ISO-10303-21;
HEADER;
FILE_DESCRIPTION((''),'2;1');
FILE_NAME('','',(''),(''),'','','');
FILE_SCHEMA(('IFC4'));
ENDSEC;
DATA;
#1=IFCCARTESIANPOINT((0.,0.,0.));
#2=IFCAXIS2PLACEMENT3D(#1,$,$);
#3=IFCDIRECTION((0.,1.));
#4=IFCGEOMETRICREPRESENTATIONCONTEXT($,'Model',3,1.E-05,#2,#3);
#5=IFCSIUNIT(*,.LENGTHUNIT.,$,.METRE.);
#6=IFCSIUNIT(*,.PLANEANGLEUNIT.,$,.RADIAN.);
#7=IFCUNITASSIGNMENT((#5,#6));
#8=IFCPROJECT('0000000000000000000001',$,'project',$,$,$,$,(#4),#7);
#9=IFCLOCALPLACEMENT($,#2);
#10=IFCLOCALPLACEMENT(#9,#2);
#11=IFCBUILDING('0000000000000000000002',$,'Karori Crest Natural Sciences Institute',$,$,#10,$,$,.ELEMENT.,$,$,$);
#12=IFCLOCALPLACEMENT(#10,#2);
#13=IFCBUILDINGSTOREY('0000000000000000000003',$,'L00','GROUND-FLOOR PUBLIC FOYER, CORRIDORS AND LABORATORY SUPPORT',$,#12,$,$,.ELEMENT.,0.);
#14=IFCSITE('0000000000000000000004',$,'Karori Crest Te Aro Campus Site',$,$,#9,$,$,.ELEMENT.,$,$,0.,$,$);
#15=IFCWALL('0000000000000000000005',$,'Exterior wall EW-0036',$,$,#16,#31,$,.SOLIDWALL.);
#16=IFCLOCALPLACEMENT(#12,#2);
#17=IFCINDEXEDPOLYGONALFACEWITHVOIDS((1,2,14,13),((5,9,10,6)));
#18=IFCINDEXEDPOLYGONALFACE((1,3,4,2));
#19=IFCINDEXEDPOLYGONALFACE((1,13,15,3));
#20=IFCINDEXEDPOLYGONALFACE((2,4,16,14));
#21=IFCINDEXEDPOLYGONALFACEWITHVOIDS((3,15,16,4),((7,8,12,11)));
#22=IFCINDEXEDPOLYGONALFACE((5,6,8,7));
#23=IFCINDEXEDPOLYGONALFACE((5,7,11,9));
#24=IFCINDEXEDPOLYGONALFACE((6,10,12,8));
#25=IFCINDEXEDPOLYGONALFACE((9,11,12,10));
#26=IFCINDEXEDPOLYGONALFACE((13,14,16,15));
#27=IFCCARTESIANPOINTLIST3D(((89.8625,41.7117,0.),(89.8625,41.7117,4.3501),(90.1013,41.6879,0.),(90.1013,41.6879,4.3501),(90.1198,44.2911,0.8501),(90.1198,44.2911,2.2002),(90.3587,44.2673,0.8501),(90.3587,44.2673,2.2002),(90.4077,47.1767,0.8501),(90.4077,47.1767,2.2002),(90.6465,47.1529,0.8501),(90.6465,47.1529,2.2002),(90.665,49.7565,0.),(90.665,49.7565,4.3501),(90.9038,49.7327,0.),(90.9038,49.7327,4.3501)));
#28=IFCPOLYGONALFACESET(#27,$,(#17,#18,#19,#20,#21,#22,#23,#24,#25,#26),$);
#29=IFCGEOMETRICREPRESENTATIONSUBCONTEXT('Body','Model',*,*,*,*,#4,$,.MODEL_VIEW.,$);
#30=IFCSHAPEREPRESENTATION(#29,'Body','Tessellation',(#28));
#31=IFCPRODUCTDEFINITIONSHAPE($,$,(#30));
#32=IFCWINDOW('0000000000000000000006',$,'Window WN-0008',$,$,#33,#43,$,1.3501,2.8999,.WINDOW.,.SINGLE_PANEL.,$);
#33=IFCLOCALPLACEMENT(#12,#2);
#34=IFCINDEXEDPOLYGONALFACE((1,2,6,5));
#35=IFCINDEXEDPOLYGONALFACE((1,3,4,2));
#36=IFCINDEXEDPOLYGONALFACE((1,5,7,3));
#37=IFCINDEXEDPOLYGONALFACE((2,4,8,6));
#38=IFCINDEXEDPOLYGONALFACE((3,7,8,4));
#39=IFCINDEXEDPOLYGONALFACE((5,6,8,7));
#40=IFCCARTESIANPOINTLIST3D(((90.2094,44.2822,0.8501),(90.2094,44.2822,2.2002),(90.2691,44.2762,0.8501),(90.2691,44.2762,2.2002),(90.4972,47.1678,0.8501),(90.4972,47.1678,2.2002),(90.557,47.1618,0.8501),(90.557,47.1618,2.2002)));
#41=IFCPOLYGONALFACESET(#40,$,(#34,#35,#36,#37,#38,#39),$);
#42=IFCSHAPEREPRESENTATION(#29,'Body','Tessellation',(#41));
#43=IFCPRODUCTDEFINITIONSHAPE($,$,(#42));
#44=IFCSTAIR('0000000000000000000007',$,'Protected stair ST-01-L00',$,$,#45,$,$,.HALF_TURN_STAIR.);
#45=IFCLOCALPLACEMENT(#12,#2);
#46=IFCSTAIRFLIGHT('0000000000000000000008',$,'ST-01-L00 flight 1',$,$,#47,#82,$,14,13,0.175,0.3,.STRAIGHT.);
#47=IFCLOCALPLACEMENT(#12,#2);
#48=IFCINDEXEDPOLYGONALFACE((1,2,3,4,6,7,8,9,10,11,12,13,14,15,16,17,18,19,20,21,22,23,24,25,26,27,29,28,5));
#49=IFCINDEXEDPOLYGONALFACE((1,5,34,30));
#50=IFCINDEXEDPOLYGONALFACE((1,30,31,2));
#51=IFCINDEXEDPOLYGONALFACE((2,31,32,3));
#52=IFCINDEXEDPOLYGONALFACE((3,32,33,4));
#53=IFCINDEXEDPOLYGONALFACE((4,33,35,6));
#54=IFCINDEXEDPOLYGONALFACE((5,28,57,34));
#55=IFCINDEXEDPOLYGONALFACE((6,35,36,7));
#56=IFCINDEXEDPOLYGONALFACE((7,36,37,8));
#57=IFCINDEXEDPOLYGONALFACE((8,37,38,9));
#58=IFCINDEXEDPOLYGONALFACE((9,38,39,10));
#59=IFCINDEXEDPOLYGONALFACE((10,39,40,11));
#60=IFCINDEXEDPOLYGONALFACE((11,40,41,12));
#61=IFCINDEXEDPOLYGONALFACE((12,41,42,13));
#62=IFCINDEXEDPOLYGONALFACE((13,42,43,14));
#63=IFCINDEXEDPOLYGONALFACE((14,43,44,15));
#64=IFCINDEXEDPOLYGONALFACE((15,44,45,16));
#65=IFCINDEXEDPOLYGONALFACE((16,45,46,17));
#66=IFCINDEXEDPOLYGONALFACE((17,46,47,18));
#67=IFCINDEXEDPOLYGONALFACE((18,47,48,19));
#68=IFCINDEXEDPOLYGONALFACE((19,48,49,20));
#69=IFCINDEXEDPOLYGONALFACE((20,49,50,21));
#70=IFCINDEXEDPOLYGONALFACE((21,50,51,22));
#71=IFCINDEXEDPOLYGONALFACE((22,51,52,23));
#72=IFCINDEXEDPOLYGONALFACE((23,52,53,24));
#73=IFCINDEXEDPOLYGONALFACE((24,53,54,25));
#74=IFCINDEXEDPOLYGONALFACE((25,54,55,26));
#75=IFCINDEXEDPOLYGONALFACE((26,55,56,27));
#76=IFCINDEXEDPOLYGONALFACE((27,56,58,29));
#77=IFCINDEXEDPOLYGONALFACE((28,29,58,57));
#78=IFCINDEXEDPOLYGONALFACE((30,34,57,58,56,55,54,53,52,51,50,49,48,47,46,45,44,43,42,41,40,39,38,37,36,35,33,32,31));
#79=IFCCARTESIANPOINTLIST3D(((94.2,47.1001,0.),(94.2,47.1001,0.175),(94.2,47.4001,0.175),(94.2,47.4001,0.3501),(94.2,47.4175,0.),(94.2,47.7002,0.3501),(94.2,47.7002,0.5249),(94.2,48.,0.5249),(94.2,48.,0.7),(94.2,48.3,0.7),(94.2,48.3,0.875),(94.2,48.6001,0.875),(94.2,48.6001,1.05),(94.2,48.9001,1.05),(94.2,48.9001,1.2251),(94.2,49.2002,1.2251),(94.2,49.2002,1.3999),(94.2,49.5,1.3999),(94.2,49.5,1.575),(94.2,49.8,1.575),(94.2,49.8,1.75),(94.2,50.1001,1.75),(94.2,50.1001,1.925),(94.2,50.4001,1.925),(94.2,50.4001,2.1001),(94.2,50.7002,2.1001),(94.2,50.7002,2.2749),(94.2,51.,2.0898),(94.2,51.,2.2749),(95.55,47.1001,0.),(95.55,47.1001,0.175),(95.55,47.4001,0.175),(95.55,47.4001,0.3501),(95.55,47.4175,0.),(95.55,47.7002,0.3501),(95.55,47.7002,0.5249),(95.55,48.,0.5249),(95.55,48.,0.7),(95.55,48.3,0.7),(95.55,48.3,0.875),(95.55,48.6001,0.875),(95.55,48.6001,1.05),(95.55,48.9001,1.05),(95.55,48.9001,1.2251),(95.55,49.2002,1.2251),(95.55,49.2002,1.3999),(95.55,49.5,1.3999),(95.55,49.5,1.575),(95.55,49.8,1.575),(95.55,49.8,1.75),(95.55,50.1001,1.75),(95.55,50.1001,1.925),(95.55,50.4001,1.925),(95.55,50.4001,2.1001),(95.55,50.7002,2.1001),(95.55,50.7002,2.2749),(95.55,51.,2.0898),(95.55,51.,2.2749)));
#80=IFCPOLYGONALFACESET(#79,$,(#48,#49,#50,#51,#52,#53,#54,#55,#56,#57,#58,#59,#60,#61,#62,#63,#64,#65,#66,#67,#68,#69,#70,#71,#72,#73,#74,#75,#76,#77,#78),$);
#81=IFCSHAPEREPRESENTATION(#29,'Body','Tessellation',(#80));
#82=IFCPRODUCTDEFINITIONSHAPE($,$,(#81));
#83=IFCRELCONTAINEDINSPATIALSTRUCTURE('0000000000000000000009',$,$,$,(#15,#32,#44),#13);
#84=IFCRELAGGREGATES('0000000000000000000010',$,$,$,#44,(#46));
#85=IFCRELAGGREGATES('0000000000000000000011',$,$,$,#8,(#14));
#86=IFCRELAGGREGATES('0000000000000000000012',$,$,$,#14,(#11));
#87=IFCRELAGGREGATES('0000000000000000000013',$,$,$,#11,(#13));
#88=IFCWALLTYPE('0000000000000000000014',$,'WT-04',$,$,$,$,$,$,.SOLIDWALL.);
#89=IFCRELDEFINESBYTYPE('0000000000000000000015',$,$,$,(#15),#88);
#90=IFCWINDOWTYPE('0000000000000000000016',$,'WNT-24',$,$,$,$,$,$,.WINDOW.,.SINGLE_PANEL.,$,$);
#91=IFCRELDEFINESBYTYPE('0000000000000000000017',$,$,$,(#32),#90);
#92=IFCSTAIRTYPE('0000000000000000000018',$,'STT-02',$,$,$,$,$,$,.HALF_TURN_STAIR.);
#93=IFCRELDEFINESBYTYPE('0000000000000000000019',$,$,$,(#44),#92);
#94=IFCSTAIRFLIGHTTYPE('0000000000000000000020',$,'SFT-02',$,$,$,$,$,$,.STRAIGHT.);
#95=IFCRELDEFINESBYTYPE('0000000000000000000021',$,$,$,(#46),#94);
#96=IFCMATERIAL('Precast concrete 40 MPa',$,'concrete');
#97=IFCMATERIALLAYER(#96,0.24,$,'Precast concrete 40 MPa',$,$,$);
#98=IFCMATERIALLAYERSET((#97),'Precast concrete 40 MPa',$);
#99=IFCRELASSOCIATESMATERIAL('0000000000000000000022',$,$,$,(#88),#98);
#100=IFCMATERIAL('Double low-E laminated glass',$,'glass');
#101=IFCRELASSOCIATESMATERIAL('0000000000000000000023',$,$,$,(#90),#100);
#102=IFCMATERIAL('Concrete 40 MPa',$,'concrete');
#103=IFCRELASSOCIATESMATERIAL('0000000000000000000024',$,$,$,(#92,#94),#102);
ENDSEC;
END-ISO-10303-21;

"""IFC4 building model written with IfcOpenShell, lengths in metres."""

from ifc_helpers import new_model, si_unit, direction, frame, frame_2d, origin, place, context, subcontext, project, spatial, polyline, rectangle, outline, extrude, material, layer, layer_set, type_object, element, fill, aggregate, save


model = new_model("IFC4")

# Units and contexts
model_context = context("Model", 3, precision=1e-05, world=origin(), true_north=direction((0.0, 1.0)))
body_context = subcontext(model_context, "Body", "Model", "MODEL_VIEW")
ifc_project = project(units=[si_unit("LENGTHUNIT", "METRE"), si_unit("PLANEANGLEUNIT", "RADIAN")], contexts=[model_context])

# Site, building, storey
site_placement = place(None, origin())
site = spatial("IfcSite", under=ifc_project, at=site_placement, Name="Karori Crest Te Aro Campus Site", CompositionType="ELEMENT", RefElevation=0.0)
building_placement = place(site_placement, origin())
building = spatial("IfcBuilding", under=site, at=building_placement, Name="Karori Crest Natural Sciences Institute", CompositionType="ELEMENT")
storey_placement = place(building_placement, origin())
storey = spatial("IfcBuildingStorey", under=building, at=storey_placement, Name="L00", Description="GROUND-FLOOR PUBLIC FOYER, CORRIDORS AND LABORATORY SUPPORT", CompositionType="ELEMENT", Elevation=0.0)

# Shared definitions
ifc_material_1 = material(Name="Double low-E laminated glass", Category="glass")

# Wall, opening, window
ifc_material_2 = material(Name="Precast concrete 40 MPa", Category="concrete")
ifc_layer_1 = layer(ifc_material_2, 0.24, Name="Precast concrete 40 MPa")
ifc_layer_set_1 = layer_set([ifc_layer_1], Name="Precast concrete 40 MPa")
wall_type_1 = type_object("IfcWallType", Name="WT-04", PredefinedType="SOLIDWALL", material=ifc_layer_set_1)
wall_1_placement = place(storey_placement, frame((89.9819, 41.6997, 0.0), z_axis=(0.0, 0.0, 1.0), x_axis=(0.099262, 0.995061, 0.0)))
wall_1 = element("IfcWall", 1, at=wall_1_placement, inside=storey, type_object=wall_type_1, Name="Exterior wall EW-0036", PredefinedType="SOLIDWALL", context=body_context, shape_type="SweptSolid", body=[
    extrude(rectangle(XDim=8.0847, YDim=0.24, at=frame_2d((4.0425, 0.0))), origin(), (0.0, 0.0, 1.0), 4.3501),
])
opening_1_placement = place(wall_1_placement, frame((2.5923, 0.0, 0.8501)))
opening_1 = element("IfcOpeningElement", 2, at=opening_1_placement, cuts=wall_1, PredefinedType="OPENING", context=body_context, shape_type="SweptSolid", body=[
    extrude(rectangle(XDim=2.8999, YDim=1.3501, at=frame_2d((1.45, 0.675))), frame((0.0, 0.1299, 0.0), z_axis=(0.0, -1.0, 0.0), x_axis=(1.0, 0.0, 0.0)), (0.0, 0.0, 1.0), 0.26),
])
window_type = type_object("IfcWindowType", Name="WNT-24", PartitioningType="SINGLE_PANEL", PredefinedType="WINDOW", material=ifc_material_1)
window_placement = place(opening_1_placement, origin())
window = element("IfcWindow", 3, at=window_placement, inside=storey, type_object=window_type, Name="Window WN-0008", OverallHeight=1.3501, OverallWidth=2.8999, PartitioningType="SINGLE_PANEL", PredefinedType="WINDOW", context=body_context, shape_type="SweptSolid", body=[
    extrude(rectangle(XDim=2.8999, YDim=1.3501, at=frame_2d((1.45, 0.675))), frame((0.0, 0.03, 0.0), z_axis=(0.0, -1.0, 0.0), x_axis=(1.0, 0.0, 0.0)), (0.0, 0.0, 1.0), 0.0601),
])
fill(opening_1, window)

# Stair, stair flight
ifc_material_3 = material(Name="Concrete 40 MPa", Category="concrete")
stair_type = type_object("IfcStairType", Name="STT-02", PredefinedType="HALF_TURN_STAIR", material=ifc_material_3)
stair_placement = place(storey_placement, origin())
stair = element("IfcStair", 4, at=stair_placement, inside=storey, type_object=stair_type, Name="Protected stair ST-01-L00", PredefinedType="HALF_TURN_STAIR")
stair_flight_type = type_object("IfcStairFlightType", Name="SFT-02", PredefinedType="STRAIGHT", material=ifc_material_3)
stair_flight_placement = place(storey_placement, frame((94.875, 47.1001, 0.0), z_axis=(0.0, 0.0, 1.0), x_axis=(0.0, 1.0, 0.0)))
stair_flight = element("IfcStairFlight", 5, at=stair_flight_placement, type_object=stair_flight_type, Name="ST-01-L00 flight 1", NumberOfRisers=14, NumberOfTreads=13, PredefinedType="STRAIGHT", RiserHeight=0.175, TreadLength=0.3, context=body_context, shape_type="SweptSolid", body=[
    extrude(outline(polyline([(0.0, 0.0), (0.0, 0.175), (0.3, 0.175), (0.3, 0.3501), (0.6001, 0.3501), (0.6001, 0.5249), (0.8999, 0.5249), (0.8999, 0.7), (1.2, 0.7), (1.2, 0.875), (1.5, 0.875), (1.5, 1.05), (1.8, 1.05), (1.8, 1.2251), (2.1001, 1.2251), (2.1001, 1.3999), (2.3999, 1.3999), (2.3999, 1.575), (2.7, 1.575), (2.7, 1.75), (3.0, 1.75), (3.0, 1.925), (3.3, 1.925), (3.3, 2.1001), (3.6001, 2.1001), (3.6001, 2.2749), (3.8999, 2.2749), (3.8999, 2.45), (3.8999, 2.0898), (0.3174, 0.0), (0.0, 0.0)])), frame((0.0, 0.675, 0.0), z_axis=(0.0, -1.0, 0.0), x_axis=(1.0, 0.0, 0.0)), (0.0, 0.0, 1.0), 1.3501),
])
aggregate(stair, [stair_flight])

save(model, "model.ifc")
